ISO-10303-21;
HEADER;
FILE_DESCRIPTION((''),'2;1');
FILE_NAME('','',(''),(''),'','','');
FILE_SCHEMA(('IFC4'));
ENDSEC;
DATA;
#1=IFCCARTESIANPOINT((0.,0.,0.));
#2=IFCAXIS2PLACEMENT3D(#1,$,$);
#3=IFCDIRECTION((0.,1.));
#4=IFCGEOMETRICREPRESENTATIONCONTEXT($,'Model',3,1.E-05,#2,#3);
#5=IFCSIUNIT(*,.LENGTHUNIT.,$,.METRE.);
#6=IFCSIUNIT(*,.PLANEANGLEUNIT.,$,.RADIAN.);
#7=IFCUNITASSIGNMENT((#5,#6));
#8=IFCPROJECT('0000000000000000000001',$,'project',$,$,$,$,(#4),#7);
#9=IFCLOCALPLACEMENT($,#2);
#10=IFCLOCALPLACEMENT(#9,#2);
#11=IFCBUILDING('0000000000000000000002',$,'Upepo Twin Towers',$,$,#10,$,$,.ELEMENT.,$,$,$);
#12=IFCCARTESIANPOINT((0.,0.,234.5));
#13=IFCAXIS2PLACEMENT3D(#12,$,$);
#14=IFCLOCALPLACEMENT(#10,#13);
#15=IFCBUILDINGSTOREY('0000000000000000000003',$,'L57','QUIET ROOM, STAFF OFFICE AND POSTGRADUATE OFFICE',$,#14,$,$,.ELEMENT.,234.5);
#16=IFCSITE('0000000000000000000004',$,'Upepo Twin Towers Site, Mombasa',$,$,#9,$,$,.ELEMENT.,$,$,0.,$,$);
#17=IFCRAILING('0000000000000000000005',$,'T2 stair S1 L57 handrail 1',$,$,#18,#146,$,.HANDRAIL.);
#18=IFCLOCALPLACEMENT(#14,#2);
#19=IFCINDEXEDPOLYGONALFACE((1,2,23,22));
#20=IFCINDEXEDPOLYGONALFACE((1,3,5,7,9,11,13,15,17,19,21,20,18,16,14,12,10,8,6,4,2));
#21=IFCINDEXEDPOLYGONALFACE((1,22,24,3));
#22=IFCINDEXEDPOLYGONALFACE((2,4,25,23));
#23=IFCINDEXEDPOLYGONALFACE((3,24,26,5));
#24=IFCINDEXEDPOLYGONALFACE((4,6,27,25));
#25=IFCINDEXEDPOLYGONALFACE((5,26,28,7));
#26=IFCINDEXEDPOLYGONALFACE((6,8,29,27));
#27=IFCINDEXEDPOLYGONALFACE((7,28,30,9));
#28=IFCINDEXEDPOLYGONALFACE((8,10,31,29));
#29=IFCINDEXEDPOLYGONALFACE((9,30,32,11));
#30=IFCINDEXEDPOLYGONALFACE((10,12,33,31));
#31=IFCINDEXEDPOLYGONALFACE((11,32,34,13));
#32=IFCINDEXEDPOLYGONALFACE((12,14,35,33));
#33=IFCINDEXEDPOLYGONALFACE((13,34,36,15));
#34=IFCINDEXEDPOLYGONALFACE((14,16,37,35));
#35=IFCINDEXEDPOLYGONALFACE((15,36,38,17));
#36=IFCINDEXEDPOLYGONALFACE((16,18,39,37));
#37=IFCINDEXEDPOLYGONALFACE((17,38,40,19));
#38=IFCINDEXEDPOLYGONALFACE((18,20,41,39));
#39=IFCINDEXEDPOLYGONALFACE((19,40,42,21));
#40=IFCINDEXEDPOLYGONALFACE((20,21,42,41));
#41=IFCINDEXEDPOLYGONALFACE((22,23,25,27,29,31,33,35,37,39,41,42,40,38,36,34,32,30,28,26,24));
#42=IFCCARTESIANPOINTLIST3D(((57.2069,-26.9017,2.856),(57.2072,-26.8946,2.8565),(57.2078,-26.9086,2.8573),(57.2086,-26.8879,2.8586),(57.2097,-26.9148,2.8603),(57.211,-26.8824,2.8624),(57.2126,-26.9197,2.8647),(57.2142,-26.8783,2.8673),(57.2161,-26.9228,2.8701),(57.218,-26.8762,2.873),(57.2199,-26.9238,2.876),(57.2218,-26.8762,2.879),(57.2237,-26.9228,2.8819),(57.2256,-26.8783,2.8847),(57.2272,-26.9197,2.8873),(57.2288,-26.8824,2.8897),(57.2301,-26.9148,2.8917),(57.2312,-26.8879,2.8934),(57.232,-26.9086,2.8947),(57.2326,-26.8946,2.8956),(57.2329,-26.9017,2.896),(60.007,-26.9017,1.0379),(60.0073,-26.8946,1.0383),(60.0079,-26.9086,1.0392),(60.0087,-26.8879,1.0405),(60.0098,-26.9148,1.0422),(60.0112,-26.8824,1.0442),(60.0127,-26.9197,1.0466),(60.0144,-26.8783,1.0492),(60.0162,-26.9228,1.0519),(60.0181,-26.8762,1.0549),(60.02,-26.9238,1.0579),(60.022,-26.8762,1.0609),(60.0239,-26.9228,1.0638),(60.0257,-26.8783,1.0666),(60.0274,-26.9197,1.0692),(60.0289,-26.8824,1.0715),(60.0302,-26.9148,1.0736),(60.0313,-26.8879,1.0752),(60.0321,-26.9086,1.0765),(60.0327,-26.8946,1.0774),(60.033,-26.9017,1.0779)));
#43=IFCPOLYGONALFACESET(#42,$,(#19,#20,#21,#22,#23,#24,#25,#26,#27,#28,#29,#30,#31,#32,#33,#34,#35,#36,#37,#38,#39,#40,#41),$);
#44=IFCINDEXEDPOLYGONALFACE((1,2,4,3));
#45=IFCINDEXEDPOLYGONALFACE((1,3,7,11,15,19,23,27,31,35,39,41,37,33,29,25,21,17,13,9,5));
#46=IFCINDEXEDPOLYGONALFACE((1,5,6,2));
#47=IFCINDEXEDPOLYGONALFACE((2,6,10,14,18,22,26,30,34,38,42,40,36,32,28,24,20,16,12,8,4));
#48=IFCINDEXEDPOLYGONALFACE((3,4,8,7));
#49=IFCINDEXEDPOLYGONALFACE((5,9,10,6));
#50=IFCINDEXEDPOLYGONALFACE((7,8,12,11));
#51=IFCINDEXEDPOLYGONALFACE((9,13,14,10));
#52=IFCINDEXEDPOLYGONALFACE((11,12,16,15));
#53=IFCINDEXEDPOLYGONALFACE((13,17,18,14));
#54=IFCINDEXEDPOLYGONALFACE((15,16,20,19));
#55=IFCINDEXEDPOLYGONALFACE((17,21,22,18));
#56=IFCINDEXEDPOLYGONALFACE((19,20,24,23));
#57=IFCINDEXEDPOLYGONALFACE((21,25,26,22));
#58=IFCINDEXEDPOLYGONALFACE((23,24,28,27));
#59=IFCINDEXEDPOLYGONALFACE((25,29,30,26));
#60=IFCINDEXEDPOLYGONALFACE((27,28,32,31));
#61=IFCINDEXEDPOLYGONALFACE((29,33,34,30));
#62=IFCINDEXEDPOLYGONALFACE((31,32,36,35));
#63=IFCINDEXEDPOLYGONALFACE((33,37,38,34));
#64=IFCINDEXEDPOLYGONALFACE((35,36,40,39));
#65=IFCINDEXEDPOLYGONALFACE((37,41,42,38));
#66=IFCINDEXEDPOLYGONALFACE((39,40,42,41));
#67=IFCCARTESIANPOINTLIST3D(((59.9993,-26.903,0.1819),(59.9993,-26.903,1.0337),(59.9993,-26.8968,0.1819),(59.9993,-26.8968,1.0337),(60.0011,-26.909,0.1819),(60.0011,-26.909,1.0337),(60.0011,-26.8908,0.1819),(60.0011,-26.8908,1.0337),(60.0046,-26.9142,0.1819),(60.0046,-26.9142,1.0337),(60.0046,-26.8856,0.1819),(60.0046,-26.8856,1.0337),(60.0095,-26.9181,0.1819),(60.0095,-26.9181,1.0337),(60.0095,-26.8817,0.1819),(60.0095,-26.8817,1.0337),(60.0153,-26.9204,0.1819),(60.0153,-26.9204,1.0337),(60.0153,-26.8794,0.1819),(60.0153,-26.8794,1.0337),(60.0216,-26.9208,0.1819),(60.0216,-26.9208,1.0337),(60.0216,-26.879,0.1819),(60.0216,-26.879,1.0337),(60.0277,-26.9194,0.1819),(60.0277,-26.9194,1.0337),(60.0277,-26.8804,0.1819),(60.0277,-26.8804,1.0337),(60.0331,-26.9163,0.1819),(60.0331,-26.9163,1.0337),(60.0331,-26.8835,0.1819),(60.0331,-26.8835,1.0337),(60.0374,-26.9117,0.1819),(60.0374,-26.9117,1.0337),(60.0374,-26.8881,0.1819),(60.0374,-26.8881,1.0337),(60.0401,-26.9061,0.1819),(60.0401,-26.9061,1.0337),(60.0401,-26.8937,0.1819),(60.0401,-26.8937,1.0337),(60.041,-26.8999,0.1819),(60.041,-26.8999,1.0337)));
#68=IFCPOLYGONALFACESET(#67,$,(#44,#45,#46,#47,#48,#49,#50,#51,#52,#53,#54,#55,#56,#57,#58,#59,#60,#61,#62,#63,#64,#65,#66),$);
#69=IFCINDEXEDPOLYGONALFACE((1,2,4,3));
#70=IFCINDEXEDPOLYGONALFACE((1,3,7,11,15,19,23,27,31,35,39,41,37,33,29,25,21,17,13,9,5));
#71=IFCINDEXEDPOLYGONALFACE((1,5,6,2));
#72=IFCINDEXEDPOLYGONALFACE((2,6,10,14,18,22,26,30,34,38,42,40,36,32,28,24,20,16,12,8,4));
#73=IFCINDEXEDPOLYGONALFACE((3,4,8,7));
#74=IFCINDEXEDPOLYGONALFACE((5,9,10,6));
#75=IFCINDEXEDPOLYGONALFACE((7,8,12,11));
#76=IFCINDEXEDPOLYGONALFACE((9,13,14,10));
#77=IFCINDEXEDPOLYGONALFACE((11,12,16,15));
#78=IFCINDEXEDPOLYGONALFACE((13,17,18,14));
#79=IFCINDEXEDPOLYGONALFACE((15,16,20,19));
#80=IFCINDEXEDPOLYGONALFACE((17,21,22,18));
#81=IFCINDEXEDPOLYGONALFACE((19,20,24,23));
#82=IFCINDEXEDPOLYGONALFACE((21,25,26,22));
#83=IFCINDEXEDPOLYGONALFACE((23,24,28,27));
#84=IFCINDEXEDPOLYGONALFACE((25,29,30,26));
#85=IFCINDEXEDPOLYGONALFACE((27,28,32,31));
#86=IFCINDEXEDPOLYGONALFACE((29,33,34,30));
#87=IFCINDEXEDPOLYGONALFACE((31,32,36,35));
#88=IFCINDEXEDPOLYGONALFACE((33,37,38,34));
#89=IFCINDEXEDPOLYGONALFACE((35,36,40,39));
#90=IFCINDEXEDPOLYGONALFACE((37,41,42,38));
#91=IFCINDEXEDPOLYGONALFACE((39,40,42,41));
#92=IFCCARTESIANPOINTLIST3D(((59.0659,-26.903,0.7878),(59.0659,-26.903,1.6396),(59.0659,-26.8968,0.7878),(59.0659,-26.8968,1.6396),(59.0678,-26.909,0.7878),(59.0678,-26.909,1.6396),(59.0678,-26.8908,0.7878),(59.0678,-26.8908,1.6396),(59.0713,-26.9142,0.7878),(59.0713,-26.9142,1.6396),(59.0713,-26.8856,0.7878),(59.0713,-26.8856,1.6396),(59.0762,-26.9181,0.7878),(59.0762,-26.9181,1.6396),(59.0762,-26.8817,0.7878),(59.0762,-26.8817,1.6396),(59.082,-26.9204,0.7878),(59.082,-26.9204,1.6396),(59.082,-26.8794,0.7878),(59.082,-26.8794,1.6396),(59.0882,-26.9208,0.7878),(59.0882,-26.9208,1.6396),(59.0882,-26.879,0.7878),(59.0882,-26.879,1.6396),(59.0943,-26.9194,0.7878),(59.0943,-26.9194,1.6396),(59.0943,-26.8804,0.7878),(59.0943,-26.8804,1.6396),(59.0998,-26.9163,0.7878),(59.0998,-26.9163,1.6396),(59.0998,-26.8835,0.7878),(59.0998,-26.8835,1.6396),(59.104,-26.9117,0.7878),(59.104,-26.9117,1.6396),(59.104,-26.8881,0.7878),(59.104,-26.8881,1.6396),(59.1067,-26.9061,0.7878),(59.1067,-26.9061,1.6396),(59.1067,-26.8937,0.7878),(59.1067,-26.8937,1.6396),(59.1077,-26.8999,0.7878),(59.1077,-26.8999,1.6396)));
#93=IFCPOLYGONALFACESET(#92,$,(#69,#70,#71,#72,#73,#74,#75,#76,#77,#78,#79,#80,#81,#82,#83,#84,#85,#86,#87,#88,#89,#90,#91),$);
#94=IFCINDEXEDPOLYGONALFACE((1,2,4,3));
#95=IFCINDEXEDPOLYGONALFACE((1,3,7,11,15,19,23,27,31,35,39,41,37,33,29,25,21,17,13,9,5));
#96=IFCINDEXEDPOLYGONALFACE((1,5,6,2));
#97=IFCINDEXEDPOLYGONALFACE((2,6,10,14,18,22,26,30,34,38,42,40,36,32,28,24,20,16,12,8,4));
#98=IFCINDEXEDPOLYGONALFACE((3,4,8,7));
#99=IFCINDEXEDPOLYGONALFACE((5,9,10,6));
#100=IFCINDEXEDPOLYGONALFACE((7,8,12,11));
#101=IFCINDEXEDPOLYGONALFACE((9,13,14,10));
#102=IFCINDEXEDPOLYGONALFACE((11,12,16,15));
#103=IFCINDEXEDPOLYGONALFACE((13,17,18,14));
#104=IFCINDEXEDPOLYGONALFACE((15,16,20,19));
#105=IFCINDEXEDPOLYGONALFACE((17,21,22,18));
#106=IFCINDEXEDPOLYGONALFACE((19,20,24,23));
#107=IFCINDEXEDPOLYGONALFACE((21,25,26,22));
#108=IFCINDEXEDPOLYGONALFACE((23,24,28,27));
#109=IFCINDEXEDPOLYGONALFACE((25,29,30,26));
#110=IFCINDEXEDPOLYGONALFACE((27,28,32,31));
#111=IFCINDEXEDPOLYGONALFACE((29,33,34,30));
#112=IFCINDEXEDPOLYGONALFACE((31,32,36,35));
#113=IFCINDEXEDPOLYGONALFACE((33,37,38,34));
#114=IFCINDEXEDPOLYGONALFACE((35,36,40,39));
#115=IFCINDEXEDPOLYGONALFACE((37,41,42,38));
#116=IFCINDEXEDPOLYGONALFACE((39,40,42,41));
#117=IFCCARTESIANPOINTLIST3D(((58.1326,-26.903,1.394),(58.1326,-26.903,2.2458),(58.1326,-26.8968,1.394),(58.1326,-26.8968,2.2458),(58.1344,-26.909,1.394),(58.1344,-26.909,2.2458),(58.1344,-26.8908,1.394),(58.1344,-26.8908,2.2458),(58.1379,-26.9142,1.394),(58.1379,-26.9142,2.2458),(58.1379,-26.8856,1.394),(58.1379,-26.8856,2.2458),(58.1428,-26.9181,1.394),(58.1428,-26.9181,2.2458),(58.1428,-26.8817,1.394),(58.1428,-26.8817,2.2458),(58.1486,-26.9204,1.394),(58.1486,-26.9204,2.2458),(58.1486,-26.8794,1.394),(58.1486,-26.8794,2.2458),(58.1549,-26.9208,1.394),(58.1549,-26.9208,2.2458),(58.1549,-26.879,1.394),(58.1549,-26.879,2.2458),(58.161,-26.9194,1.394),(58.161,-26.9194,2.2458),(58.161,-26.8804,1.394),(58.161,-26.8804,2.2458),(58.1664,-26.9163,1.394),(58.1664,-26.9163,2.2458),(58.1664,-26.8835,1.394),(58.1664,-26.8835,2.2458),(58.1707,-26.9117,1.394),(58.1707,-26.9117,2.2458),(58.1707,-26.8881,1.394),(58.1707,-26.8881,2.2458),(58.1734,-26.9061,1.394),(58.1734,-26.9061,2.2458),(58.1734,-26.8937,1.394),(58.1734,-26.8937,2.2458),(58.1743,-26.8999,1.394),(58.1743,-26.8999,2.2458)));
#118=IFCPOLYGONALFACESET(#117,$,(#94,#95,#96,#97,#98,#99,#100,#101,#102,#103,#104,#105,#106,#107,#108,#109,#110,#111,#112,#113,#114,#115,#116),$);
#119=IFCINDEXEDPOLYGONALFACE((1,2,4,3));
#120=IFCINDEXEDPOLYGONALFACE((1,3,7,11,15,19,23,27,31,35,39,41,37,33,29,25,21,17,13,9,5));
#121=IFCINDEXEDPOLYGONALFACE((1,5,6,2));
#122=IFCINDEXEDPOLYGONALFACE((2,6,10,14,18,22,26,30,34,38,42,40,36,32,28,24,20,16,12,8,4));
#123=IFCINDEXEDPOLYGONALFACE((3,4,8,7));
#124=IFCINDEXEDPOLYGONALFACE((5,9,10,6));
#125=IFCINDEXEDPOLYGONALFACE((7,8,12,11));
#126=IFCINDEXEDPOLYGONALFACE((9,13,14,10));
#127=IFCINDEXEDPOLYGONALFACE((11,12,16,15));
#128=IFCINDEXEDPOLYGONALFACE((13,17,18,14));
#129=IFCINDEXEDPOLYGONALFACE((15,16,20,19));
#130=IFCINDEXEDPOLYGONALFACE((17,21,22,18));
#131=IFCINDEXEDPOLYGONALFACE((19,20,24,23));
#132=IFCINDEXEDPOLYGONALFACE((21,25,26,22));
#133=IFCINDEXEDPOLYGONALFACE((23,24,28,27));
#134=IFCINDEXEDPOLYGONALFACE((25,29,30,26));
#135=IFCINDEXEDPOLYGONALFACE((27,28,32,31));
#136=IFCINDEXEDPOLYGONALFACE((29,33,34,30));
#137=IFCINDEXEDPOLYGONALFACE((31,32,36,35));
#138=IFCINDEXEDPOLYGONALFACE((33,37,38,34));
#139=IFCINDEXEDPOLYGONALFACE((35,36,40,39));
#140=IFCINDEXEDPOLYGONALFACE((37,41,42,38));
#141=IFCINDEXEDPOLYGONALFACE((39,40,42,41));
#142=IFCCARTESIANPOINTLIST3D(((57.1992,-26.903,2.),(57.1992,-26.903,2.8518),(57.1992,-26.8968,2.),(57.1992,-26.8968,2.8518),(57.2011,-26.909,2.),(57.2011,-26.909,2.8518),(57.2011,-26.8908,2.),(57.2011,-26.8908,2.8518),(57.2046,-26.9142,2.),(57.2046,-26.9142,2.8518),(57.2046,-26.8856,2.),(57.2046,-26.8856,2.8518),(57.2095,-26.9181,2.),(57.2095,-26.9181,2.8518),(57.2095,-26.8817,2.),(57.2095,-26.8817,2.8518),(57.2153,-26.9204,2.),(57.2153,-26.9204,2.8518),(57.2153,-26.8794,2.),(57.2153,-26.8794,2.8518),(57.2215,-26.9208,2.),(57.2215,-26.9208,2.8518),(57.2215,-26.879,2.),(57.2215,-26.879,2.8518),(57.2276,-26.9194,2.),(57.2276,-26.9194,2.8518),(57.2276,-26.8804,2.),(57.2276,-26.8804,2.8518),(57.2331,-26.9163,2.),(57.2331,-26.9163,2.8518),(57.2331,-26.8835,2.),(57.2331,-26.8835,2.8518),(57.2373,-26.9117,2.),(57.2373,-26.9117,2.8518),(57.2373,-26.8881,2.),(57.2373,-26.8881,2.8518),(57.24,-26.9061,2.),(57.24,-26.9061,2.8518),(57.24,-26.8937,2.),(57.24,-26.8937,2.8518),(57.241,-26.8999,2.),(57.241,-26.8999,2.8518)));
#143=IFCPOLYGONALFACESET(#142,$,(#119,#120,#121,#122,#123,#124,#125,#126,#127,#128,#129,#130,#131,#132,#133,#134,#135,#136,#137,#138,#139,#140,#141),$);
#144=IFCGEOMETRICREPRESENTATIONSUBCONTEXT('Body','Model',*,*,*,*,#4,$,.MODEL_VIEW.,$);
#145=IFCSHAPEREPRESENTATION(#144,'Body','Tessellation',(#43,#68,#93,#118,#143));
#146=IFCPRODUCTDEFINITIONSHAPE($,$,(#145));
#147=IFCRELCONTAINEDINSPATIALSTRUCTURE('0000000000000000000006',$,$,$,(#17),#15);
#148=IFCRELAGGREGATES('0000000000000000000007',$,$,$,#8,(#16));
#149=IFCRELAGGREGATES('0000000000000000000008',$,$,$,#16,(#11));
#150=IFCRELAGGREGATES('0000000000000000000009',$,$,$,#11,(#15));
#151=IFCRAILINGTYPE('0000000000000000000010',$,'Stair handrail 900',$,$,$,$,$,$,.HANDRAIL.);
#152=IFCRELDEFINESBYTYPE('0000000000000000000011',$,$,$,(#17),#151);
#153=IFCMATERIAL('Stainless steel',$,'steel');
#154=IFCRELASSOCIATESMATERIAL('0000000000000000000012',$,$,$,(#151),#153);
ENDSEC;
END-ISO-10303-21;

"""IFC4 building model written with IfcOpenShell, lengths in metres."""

from ifc_helpers import new_model, si_unit, direction, frame, origin, origin_2d, place, context, subcontext, project, spatial, circle, extrude, material, type_object, element, save


model = new_model("IFC4")

# Units and contexts
model_context = context("Model", 3, precision=1e-05, world=origin(), true_north=direction((0.0, 1.0)))
body_context = subcontext(model_context, "Body", "Model", "MODEL_VIEW")
ifc_project = project(units=[si_unit("LENGTHUNIT", "METRE"), si_unit("PLANEANGLEUNIT", "RADIAN")], contexts=[model_context])

# Site, building, storey
site_placement = place(None, origin())
site = spatial("IfcSite", under=ifc_project, at=site_placement, Name="Upepo Twin Towers Site, Mombasa", CompositionType="ELEMENT", RefElevation=0.0)
building_placement = place(site_placement, origin())
building = spatial("IfcBuilding", under=site, at=building_placement, Name="Upepo Twin Towers", CompositionType="ELEMENT")
storey_placement = place(building_placement, frame((0.0, 0.0, 234.5)))
storey = spatial("IfcBuildingStorey", under=building, at=storey_placement, Name="L57", Description="QUIET ROOM, STAFF OFFICE AND POSTGRADUATE OFFICE", CompositionType="ELEMENT", Elevation=234.5)

# Railing
ifc_material_1 = material(Name="Stainless steel", Category="steel")
railing_type = type_object("IfcRailingType", Name="Stair handrail 900", PredefinedType="HANDRAIL", material=ifc_material_1)
railing_1_placement = place(storey_placement, frame((60.02, -26.8999, 0.1819)))
element("IfcRailing", 1, at=railing_1_placement, inside=storey, type_object=railing_type, Name="T2 stair S1 L57 handrail 1", PredefinedType="HANDRAIL", context=body_context, shape_type="SweptSolid", body=[
    extrude(circle(Radius=0.0239, at=origin_2d()), frame((0.0, 0.0, 0.876), z_axis=(-0.838706, 0.0, 0.544585), x_axis=(0.0, -1.0, 0.0)), (0.0, 0.0, 1.0), 3.3386),
    extrude(circle(Radius=0.021, at=origin_2d()), origin(), (0.0, 0.0, 1.0), 0.8518),
    extrude(circle(Radius=0.021, at=origin_2d()), frame((-0.9333, 0.0, 0.606)), (0.0, 0.0, 1.0), 0.8518),
    extrude(circle(Radius=0.021, at=origin_2d()), frame((-1.8667, 0.0, 1.2122)), (0.0, 0.0, 1.0), 0.8518),
    extrude(circle(Radius=0.021, at=origin_2d()), frame((-2.8, 0.0, 1.8181)), (0.0, 0.0, 1.0), 0.8518),
])

save(model, "model.ifc")
